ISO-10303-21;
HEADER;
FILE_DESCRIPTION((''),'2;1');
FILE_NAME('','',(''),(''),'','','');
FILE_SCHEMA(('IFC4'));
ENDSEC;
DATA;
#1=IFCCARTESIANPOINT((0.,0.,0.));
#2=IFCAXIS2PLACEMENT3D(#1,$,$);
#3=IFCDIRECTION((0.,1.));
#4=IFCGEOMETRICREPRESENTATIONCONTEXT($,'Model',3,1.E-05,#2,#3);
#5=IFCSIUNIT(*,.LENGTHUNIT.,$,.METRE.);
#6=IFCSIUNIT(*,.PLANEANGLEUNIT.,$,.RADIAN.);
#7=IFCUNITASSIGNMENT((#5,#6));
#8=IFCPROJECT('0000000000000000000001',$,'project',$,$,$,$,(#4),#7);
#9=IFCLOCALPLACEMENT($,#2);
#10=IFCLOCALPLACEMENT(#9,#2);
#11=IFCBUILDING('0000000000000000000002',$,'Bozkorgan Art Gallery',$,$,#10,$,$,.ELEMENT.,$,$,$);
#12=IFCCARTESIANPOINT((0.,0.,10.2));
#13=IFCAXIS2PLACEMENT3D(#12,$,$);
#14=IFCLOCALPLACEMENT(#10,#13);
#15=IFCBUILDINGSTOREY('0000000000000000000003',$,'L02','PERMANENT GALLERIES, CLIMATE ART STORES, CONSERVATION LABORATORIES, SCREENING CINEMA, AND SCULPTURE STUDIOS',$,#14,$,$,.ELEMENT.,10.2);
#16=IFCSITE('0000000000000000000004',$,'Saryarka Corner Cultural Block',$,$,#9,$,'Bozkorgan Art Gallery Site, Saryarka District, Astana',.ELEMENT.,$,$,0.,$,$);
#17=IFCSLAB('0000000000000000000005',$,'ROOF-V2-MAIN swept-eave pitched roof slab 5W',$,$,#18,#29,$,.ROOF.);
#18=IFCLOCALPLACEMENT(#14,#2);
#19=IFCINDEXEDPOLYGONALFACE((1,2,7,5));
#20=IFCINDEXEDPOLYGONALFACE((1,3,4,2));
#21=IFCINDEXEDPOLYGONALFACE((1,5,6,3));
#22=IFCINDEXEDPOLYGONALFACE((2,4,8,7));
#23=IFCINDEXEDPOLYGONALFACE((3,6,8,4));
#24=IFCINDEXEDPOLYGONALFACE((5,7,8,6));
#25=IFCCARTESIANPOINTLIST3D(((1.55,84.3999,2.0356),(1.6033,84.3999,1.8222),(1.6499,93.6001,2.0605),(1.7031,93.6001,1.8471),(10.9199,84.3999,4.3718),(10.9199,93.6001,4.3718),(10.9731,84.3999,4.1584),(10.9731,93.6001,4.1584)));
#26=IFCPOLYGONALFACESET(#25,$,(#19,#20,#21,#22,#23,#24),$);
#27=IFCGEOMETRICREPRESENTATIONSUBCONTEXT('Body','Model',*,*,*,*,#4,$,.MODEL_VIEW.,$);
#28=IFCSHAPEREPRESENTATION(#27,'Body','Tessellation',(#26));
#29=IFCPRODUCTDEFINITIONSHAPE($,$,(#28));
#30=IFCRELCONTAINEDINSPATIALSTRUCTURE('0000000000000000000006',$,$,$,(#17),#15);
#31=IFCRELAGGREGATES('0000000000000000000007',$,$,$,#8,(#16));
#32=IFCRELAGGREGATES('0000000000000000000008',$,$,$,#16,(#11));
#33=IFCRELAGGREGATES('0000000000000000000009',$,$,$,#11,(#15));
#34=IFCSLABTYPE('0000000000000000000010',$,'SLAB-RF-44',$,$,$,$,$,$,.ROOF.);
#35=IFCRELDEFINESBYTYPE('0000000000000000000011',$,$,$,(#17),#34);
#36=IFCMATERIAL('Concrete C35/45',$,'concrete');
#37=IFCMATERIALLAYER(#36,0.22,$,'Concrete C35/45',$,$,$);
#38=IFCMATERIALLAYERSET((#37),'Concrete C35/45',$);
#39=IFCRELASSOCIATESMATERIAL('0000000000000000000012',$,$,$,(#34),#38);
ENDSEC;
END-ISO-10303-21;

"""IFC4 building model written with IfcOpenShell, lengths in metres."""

from ifc_helpers import new_model, si_unit, direction, frame, origin, place, context, subcontext, project, spatial, polyline, outline, extrude, material, layer, layer_set, type_object, element, save


model = new_model("IFC4")

# Units and contexts
model_context = context("Model", 3, precision=1e-05, world=origin(), true_north=direction((0.0, 1.0)))
body_context = subcontext(model_context, "Body", "Model", "MODEL_VIEW")
ifc_project = project(units=[si_unit("LENGTHUNIT", "METRE"), si_unit("PLANEANGLEUNIT", "RADIAN")], contexts=[model_context])

# Site, building, storey
site_placement = place(None, origin())
site = spatial("IfcSite", under=ifc_project, at=site_placement, Name="Saryarka Corner Cultural Block", LongName="Bozkorgan Art Gallery Site, Saryarka District, Astana", CompositionType="ELEMENT", RefElevation=0.0)
building_placement = place(site_placement, origin())
building = spatial("IfcBuilding", under=site, at=building_placement, Name="Bozkorgan Art Gallery", CompositionType="ELEMENT")
storey_placement = place(building_placement, frame((0.0, 0.0, 10.2)))
storey = spatial("IfcBuildingStorey", under=building, at=storey_placement, Name="L02", Description="PERMANENT GALLERIES, CLIMATE ART STORES, CONSERVATION LABORATORIES, SCREENING CINEMA, AND SCULPTURE STUDIOS", CompositionType="ELEMENT", Elevation=10.2)

# Slab
ifc_material_1 = material(Name="Concrete C35/45", Category="concrete")
ifc_layer_1 = layer(ifc_material_1, 0.22, Name="Concrete C35/45")
ifc_layer_set_1 = layer_set([ifc_layer_1], Name="Concrete C35/45")
slab_type = type_object("IfcSlabType", Name="SLAB-RF-44", PredefinedType="ROOF", material=ifc_layer_set_1)
slab_1_placement = place(storey_placement, frame((1.55, 84.3999, 2.0356), z_axis=(-0.241923, 0.0, 0.970296), x_axis=(0.970296, 0.0, 0.241923)))
element("IfcSlab", 1, at=slab_1_placement, inside=storey, type_object=slab_type, Name="ROOF-V2-MAIN swept-eave pitched roof slab 5W", PredefinedType="ROOF", context=body_context, shape_type="SweptSolid", body=[
    extrude(outline(polyline([(0.0, 0.0), (9.6567, 0.0), (9.6567, 9.2002), (0.1029, 9.2002), (0.0, 0.0)])), origin(), (0.0, 0.0, -1.0), 0.22),
])

save(model, "model.ifc")
